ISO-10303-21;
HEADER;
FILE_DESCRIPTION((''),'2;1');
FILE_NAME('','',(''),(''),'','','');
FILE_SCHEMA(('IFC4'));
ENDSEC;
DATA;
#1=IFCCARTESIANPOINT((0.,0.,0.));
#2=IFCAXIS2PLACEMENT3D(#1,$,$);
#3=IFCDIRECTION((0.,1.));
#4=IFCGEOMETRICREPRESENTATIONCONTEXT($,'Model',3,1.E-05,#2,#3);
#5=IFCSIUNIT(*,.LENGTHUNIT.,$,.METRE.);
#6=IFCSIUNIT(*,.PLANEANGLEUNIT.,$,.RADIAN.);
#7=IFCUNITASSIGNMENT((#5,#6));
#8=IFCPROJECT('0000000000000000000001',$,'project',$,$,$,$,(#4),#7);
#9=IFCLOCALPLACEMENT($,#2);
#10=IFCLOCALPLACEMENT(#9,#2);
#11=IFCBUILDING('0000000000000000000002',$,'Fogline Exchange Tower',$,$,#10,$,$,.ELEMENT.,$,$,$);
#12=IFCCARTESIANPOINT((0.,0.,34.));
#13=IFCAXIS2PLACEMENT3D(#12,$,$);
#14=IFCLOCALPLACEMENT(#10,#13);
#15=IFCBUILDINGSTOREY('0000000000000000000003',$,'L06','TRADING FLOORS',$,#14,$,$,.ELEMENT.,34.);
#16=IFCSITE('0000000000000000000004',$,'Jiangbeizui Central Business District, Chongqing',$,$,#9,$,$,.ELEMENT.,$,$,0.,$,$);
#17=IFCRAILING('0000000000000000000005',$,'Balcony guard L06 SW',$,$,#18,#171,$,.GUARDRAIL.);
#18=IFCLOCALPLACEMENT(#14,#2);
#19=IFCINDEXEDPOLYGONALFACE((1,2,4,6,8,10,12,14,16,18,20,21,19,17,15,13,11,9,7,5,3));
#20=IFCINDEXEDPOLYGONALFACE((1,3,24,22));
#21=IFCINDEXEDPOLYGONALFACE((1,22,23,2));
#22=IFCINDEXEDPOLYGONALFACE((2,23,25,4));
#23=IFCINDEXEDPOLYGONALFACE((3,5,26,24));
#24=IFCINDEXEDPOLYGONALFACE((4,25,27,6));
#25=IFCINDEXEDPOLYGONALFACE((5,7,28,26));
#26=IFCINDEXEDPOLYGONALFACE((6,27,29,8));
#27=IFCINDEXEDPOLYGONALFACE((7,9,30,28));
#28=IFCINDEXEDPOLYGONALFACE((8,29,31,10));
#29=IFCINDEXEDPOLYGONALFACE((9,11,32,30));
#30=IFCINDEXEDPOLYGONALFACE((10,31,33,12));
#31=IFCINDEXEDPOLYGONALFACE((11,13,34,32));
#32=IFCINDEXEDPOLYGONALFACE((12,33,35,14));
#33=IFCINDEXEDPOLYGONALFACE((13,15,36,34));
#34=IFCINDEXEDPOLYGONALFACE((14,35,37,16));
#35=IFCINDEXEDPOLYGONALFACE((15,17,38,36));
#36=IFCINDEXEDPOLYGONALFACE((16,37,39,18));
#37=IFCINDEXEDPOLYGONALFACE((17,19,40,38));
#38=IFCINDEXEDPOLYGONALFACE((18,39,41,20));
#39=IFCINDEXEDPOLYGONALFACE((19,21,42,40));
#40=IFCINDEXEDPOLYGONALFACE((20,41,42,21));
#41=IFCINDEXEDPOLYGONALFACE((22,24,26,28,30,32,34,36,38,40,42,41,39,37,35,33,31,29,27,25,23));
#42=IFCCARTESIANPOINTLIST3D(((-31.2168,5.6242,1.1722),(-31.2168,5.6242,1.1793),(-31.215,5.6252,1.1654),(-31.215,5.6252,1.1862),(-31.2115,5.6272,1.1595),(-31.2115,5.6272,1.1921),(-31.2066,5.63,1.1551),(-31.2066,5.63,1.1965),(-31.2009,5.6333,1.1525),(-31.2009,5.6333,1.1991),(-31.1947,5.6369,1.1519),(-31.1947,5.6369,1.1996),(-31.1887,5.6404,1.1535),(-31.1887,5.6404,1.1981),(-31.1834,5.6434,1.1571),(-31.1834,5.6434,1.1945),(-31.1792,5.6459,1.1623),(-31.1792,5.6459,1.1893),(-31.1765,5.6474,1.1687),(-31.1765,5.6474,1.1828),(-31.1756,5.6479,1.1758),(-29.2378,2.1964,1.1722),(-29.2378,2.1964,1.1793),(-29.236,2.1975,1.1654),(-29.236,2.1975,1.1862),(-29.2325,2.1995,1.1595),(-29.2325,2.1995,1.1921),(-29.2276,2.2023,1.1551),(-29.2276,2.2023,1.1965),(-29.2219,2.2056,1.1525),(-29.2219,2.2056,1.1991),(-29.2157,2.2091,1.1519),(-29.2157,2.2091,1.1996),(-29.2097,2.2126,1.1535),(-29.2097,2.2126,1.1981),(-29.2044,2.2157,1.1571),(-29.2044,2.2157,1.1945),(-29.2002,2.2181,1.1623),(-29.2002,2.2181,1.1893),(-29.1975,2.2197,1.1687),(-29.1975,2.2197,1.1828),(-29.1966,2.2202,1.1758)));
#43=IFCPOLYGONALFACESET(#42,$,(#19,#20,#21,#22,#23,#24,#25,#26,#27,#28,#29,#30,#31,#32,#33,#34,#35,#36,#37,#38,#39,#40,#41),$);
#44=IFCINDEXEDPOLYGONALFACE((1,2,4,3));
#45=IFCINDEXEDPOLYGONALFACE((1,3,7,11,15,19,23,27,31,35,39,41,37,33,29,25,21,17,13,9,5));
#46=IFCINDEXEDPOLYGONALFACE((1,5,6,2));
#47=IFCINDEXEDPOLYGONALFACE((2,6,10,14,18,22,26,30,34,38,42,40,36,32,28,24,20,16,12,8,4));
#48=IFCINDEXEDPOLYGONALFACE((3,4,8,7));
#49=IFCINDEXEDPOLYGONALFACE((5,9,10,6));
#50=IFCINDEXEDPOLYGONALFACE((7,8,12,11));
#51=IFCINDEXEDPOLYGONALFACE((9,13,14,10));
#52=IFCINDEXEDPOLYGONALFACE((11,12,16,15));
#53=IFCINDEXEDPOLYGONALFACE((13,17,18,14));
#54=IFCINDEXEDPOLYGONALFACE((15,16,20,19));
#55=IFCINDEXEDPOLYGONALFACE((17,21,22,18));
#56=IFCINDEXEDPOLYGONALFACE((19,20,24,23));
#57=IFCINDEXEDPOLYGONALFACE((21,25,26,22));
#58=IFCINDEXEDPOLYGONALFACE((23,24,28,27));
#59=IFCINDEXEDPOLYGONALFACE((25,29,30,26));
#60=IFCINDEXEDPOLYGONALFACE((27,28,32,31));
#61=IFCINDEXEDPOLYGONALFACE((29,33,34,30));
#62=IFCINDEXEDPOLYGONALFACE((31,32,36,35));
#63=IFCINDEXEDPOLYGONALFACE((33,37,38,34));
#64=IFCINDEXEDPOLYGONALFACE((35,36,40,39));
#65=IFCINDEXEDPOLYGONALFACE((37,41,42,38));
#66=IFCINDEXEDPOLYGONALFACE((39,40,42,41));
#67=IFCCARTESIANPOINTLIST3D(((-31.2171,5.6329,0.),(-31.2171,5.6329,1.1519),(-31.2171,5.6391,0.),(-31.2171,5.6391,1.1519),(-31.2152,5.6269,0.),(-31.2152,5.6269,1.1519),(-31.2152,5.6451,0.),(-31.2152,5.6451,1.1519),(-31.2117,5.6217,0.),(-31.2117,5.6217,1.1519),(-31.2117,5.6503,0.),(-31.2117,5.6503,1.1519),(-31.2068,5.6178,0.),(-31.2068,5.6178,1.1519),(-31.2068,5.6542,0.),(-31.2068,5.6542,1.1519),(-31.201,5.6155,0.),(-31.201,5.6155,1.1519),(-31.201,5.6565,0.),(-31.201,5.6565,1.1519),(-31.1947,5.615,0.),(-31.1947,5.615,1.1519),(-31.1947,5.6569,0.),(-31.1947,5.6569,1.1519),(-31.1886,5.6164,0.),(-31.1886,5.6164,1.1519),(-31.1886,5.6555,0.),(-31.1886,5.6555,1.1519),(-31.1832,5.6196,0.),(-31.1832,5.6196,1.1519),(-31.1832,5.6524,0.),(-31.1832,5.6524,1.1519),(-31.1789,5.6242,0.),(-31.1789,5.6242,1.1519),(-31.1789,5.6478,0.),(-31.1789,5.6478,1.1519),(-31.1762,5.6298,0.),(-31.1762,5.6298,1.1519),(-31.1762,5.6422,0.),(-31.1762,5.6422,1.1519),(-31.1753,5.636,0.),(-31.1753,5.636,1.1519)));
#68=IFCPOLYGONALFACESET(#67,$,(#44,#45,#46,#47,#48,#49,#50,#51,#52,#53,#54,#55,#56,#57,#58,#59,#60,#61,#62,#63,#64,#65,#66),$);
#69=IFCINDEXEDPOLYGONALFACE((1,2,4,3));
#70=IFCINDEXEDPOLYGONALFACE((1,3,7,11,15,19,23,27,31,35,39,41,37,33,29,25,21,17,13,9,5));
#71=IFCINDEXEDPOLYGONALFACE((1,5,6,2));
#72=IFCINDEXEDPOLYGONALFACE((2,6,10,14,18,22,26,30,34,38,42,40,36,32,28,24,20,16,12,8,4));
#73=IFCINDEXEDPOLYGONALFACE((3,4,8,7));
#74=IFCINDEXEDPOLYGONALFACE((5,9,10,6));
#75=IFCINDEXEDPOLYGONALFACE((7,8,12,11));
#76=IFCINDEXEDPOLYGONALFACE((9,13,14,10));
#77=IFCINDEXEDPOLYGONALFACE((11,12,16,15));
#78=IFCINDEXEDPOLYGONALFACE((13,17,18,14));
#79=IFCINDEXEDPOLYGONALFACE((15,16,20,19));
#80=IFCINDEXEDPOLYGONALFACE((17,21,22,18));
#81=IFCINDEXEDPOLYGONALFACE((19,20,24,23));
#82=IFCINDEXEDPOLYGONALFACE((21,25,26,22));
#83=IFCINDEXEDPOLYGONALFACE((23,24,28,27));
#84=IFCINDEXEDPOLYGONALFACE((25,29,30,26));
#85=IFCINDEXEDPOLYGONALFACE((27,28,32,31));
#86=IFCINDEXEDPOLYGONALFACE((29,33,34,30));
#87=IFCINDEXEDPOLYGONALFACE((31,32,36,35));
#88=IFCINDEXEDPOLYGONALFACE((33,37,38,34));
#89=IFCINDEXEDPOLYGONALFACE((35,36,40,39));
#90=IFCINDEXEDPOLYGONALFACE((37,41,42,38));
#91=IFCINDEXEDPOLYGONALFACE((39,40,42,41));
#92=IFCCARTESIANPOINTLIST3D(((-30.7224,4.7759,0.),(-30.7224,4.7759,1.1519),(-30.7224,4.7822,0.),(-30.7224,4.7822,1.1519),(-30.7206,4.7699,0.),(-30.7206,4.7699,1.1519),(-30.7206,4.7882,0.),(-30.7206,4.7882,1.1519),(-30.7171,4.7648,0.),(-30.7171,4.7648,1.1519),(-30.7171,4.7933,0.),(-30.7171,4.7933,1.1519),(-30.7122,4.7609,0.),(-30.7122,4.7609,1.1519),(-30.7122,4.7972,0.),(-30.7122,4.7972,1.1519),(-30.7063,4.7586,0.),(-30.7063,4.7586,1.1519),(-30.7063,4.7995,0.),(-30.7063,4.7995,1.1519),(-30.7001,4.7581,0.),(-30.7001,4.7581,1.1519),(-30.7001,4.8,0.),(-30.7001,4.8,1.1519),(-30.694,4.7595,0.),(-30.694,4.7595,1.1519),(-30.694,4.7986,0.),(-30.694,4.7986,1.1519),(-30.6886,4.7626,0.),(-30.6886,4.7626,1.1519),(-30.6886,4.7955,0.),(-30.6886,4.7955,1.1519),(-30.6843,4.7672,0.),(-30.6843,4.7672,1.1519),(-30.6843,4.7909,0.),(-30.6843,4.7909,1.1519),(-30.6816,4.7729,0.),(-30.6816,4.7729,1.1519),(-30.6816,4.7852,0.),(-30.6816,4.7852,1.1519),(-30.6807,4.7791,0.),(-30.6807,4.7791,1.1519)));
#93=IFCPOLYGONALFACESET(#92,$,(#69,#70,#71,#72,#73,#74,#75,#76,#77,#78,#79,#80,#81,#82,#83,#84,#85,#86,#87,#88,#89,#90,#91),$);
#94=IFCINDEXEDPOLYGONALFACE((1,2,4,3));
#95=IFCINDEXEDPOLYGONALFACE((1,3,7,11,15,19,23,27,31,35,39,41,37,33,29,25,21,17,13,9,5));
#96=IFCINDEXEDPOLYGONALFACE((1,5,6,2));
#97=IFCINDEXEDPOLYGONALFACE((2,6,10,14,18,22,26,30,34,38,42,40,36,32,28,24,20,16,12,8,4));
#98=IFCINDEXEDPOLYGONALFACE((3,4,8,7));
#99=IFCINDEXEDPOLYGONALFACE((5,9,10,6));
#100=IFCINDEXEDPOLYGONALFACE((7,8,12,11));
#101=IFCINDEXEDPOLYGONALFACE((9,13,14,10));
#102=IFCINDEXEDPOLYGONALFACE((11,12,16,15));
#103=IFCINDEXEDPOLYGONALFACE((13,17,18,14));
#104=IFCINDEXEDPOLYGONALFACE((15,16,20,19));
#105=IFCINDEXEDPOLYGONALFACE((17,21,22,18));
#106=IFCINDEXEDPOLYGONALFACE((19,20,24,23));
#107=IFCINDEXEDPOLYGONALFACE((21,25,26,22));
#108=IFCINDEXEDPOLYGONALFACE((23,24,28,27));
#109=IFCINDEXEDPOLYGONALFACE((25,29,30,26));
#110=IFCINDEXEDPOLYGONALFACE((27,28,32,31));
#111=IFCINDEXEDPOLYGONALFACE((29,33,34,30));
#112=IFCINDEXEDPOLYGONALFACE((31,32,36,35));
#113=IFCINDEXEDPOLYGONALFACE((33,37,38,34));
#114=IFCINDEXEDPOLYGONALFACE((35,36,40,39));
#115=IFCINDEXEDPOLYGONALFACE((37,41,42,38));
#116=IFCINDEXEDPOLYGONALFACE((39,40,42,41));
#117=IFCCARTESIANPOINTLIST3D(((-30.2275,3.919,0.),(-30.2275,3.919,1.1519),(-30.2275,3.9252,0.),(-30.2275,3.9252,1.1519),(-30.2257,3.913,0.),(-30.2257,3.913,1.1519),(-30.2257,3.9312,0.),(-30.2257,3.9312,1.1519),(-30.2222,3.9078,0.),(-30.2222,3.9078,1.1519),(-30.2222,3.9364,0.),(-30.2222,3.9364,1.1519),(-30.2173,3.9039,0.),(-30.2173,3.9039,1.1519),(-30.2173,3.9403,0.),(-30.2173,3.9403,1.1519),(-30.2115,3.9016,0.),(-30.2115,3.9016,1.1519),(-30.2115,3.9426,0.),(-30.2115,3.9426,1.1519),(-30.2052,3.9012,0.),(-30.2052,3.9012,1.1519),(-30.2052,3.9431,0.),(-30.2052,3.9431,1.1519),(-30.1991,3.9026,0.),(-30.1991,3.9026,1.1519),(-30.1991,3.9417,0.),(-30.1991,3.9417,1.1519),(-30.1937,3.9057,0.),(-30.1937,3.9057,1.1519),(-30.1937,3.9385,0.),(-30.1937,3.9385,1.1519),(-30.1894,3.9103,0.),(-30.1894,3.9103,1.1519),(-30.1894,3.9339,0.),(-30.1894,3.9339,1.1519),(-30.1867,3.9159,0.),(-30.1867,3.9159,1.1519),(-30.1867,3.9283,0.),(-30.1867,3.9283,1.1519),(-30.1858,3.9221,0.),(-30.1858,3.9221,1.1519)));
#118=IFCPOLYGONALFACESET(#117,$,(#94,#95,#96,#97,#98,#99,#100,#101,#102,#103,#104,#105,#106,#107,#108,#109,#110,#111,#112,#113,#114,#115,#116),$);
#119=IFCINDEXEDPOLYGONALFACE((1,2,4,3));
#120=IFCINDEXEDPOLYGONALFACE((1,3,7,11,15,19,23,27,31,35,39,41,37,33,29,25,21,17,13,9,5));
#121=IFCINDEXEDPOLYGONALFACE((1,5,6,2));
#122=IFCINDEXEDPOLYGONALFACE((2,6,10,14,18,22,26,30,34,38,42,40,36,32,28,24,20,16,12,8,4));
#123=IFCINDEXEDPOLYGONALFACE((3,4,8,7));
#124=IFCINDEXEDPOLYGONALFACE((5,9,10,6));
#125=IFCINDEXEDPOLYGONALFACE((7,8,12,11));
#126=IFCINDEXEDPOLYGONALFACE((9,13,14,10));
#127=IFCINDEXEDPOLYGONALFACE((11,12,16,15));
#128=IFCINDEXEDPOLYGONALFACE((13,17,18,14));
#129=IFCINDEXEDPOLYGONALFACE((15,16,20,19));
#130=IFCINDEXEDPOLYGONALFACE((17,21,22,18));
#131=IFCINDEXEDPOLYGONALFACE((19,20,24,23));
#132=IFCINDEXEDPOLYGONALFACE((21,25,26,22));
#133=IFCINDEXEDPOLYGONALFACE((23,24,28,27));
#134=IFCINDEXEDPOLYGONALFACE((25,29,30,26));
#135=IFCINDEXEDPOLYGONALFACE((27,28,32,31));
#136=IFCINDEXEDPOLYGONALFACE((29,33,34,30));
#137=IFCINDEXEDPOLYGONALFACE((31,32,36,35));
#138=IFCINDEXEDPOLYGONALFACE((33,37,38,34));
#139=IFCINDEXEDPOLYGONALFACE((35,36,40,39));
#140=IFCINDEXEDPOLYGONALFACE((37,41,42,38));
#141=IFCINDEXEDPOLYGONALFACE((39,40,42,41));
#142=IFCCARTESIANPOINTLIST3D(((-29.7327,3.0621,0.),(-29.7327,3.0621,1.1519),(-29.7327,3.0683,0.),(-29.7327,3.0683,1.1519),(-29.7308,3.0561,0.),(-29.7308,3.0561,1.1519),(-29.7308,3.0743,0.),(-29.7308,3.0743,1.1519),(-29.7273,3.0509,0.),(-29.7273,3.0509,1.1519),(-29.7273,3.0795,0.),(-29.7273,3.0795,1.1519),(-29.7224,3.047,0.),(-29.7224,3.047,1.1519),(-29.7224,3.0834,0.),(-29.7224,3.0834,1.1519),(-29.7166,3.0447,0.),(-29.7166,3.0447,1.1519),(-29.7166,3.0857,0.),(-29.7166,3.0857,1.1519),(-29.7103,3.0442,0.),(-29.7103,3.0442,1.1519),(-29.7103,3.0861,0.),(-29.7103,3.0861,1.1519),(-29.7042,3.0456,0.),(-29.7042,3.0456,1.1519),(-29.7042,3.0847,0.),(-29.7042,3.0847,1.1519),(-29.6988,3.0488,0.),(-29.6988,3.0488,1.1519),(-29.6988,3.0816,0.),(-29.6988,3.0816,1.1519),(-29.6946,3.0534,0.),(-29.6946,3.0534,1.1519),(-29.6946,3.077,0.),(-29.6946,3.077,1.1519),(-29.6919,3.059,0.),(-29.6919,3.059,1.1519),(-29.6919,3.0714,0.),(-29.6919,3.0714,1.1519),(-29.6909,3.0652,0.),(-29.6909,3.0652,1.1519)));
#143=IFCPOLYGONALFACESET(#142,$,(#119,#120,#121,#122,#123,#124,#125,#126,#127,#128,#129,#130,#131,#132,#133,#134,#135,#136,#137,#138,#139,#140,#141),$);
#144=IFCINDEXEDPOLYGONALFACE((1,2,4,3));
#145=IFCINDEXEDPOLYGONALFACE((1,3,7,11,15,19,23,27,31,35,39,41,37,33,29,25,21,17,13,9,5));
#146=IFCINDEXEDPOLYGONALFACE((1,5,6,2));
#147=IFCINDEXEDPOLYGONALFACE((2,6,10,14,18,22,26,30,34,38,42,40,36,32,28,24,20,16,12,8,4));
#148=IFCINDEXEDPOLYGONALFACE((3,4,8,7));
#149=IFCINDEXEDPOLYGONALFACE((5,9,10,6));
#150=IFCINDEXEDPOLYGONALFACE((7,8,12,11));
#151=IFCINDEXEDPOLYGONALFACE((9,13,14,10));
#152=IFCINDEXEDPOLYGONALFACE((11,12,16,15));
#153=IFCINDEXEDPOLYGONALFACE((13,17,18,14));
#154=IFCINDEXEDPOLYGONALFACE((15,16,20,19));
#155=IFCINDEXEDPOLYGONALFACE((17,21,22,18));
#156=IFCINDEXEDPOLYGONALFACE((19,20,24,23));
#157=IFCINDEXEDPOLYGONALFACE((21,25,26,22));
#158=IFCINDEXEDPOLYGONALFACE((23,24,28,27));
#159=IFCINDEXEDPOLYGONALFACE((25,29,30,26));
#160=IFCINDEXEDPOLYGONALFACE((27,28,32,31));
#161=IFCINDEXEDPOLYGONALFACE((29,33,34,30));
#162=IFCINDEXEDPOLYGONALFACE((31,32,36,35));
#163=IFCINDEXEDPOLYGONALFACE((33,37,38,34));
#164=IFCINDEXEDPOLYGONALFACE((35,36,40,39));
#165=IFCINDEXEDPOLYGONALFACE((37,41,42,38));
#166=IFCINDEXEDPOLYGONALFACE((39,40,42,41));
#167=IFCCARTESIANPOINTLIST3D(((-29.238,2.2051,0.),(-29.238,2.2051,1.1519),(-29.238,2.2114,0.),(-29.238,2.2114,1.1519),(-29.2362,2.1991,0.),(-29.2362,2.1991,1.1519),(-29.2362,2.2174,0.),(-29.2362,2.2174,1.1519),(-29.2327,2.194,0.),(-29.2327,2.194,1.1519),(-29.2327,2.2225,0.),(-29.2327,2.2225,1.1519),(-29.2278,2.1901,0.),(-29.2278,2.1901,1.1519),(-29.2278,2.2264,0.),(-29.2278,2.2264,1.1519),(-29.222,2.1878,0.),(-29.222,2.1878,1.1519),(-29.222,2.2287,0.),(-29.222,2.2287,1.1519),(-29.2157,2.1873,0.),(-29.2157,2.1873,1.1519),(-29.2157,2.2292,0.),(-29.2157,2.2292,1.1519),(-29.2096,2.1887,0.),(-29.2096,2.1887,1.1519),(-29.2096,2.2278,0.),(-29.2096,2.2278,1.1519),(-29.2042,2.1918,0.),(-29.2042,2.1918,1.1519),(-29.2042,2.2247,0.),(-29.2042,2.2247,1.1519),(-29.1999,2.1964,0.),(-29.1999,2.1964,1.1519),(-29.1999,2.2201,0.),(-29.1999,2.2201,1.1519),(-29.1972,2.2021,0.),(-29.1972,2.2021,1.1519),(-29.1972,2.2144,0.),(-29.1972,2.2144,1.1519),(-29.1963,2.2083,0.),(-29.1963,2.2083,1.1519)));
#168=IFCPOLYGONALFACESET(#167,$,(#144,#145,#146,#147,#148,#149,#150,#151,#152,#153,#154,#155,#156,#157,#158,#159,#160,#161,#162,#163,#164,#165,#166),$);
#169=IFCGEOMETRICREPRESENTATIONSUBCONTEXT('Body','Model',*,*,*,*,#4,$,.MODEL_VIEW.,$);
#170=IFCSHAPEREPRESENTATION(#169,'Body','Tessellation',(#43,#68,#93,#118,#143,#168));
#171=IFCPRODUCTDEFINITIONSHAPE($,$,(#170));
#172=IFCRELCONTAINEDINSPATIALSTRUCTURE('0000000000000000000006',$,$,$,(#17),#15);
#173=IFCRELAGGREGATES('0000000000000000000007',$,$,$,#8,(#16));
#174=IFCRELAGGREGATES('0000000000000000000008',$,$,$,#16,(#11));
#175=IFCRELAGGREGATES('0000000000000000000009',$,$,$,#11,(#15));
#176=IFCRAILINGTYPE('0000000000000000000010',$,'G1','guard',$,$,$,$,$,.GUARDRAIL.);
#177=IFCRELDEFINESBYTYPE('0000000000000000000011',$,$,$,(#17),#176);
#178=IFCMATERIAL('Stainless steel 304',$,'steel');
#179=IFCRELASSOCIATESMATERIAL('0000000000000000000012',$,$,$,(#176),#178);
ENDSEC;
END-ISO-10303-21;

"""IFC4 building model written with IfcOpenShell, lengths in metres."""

from ifc_helpers import new_model, si_unit, direction, frame, origin, origin_2d, place, context, subcontext, project, spatial, circle, extrude, material, type_object, element, save


model = new_model("IFC4")

# Units and contexts
model_context = context("Model", 3, precision=1e-05, world=origin(), true_north=direction((0.0, 1.0)))
body_context = subcontext(model_context, "Body", "Model", "MODEL_VIEW")
ifc_project = project(units=[si_unit("LENGTHUNIT", "METRE"), si_unit("PLANEANGLEUNIT", "RADIAN")], contexts=[model_context])

# Site, building, storey
site_placement = place(None, origin())
site = spatial("IfcSite", under=ifc_project, at=site_placement, Name="Jiangbeizui Central Business District, Chongqing", CompositionType="ELEMENT", RefElevation=0.0)
building_placement = place(site_placement, origin())
building = spatial("IfcBuilding", under=site, at=building_placement, Name="Fogline Exchange Tower", CompositionType="ELEMENT")
storey_placement = place(building_placement, frame((0.0, 0.0, 34.0)))
storey = spatial("IfcBuildingStorey", under=building, at=storey_placement, Name="L06", Description="TRADING FLOORS", CompositionType="ELEMENT", Elevation=34.0)

# Railing
ifc_material_1 = material(Name="Stainless steel 304", Category="steel")
railing_type = type_object("IfcRailingType", Name="G1", Description="guard", PredefinedType="GUARDRAIL", material=ifc_material_1)
railing_placement = place(storey_placement, frame((-31.1963, 5.636, 0.0)))
element("IfcRailing", 1, at=railing_placement, inside=storey, type_object=railing_type, Name="Balcony guard L06 SW", PredefinedType="GUARDRAIL", context=body_context, shape_type="SweptSolid", body=[
    extrude(circle(Radius=0.0239, at=origin_2d()), frame((0.0, 0.0, 1.1758), z_axis=(0.5, -0.866025, 0.0), x_axis=(0.866025, 0.5, 0.0)), (0.0, 0.0, 1.0), 3.958),
    extrude(circle(Radius=0.021, at=origin_2d()), origin(), (0.0, 0.0, 1.0), 1.1519),
    extrude(circle(Radius=0.021, at=origin_2d()), frame((0.4946, -0.8569, 0.0)), (0.0, 0.0, 1.0), 1.1519),
    extrude(circle(Radius=0.021, at=origin_2d()), frame((0.9895, -1.7139, 0.0)), (0.0, 0.0, 1.0), 1.1519),
    extrude(circle(Radius=0.021, at=origin_2d()), frame((1.4844, -2.5708, 0.0)), (0.0, 0.0, 1.0), 1.1519),
    extrude(circle(Radius=0.021, at=origin_2d()), frame((1.979, -3.4277, 0.0)), (0.0, 0.0, 1.0), 1.1519),
])

save(model, "model.ifc")
